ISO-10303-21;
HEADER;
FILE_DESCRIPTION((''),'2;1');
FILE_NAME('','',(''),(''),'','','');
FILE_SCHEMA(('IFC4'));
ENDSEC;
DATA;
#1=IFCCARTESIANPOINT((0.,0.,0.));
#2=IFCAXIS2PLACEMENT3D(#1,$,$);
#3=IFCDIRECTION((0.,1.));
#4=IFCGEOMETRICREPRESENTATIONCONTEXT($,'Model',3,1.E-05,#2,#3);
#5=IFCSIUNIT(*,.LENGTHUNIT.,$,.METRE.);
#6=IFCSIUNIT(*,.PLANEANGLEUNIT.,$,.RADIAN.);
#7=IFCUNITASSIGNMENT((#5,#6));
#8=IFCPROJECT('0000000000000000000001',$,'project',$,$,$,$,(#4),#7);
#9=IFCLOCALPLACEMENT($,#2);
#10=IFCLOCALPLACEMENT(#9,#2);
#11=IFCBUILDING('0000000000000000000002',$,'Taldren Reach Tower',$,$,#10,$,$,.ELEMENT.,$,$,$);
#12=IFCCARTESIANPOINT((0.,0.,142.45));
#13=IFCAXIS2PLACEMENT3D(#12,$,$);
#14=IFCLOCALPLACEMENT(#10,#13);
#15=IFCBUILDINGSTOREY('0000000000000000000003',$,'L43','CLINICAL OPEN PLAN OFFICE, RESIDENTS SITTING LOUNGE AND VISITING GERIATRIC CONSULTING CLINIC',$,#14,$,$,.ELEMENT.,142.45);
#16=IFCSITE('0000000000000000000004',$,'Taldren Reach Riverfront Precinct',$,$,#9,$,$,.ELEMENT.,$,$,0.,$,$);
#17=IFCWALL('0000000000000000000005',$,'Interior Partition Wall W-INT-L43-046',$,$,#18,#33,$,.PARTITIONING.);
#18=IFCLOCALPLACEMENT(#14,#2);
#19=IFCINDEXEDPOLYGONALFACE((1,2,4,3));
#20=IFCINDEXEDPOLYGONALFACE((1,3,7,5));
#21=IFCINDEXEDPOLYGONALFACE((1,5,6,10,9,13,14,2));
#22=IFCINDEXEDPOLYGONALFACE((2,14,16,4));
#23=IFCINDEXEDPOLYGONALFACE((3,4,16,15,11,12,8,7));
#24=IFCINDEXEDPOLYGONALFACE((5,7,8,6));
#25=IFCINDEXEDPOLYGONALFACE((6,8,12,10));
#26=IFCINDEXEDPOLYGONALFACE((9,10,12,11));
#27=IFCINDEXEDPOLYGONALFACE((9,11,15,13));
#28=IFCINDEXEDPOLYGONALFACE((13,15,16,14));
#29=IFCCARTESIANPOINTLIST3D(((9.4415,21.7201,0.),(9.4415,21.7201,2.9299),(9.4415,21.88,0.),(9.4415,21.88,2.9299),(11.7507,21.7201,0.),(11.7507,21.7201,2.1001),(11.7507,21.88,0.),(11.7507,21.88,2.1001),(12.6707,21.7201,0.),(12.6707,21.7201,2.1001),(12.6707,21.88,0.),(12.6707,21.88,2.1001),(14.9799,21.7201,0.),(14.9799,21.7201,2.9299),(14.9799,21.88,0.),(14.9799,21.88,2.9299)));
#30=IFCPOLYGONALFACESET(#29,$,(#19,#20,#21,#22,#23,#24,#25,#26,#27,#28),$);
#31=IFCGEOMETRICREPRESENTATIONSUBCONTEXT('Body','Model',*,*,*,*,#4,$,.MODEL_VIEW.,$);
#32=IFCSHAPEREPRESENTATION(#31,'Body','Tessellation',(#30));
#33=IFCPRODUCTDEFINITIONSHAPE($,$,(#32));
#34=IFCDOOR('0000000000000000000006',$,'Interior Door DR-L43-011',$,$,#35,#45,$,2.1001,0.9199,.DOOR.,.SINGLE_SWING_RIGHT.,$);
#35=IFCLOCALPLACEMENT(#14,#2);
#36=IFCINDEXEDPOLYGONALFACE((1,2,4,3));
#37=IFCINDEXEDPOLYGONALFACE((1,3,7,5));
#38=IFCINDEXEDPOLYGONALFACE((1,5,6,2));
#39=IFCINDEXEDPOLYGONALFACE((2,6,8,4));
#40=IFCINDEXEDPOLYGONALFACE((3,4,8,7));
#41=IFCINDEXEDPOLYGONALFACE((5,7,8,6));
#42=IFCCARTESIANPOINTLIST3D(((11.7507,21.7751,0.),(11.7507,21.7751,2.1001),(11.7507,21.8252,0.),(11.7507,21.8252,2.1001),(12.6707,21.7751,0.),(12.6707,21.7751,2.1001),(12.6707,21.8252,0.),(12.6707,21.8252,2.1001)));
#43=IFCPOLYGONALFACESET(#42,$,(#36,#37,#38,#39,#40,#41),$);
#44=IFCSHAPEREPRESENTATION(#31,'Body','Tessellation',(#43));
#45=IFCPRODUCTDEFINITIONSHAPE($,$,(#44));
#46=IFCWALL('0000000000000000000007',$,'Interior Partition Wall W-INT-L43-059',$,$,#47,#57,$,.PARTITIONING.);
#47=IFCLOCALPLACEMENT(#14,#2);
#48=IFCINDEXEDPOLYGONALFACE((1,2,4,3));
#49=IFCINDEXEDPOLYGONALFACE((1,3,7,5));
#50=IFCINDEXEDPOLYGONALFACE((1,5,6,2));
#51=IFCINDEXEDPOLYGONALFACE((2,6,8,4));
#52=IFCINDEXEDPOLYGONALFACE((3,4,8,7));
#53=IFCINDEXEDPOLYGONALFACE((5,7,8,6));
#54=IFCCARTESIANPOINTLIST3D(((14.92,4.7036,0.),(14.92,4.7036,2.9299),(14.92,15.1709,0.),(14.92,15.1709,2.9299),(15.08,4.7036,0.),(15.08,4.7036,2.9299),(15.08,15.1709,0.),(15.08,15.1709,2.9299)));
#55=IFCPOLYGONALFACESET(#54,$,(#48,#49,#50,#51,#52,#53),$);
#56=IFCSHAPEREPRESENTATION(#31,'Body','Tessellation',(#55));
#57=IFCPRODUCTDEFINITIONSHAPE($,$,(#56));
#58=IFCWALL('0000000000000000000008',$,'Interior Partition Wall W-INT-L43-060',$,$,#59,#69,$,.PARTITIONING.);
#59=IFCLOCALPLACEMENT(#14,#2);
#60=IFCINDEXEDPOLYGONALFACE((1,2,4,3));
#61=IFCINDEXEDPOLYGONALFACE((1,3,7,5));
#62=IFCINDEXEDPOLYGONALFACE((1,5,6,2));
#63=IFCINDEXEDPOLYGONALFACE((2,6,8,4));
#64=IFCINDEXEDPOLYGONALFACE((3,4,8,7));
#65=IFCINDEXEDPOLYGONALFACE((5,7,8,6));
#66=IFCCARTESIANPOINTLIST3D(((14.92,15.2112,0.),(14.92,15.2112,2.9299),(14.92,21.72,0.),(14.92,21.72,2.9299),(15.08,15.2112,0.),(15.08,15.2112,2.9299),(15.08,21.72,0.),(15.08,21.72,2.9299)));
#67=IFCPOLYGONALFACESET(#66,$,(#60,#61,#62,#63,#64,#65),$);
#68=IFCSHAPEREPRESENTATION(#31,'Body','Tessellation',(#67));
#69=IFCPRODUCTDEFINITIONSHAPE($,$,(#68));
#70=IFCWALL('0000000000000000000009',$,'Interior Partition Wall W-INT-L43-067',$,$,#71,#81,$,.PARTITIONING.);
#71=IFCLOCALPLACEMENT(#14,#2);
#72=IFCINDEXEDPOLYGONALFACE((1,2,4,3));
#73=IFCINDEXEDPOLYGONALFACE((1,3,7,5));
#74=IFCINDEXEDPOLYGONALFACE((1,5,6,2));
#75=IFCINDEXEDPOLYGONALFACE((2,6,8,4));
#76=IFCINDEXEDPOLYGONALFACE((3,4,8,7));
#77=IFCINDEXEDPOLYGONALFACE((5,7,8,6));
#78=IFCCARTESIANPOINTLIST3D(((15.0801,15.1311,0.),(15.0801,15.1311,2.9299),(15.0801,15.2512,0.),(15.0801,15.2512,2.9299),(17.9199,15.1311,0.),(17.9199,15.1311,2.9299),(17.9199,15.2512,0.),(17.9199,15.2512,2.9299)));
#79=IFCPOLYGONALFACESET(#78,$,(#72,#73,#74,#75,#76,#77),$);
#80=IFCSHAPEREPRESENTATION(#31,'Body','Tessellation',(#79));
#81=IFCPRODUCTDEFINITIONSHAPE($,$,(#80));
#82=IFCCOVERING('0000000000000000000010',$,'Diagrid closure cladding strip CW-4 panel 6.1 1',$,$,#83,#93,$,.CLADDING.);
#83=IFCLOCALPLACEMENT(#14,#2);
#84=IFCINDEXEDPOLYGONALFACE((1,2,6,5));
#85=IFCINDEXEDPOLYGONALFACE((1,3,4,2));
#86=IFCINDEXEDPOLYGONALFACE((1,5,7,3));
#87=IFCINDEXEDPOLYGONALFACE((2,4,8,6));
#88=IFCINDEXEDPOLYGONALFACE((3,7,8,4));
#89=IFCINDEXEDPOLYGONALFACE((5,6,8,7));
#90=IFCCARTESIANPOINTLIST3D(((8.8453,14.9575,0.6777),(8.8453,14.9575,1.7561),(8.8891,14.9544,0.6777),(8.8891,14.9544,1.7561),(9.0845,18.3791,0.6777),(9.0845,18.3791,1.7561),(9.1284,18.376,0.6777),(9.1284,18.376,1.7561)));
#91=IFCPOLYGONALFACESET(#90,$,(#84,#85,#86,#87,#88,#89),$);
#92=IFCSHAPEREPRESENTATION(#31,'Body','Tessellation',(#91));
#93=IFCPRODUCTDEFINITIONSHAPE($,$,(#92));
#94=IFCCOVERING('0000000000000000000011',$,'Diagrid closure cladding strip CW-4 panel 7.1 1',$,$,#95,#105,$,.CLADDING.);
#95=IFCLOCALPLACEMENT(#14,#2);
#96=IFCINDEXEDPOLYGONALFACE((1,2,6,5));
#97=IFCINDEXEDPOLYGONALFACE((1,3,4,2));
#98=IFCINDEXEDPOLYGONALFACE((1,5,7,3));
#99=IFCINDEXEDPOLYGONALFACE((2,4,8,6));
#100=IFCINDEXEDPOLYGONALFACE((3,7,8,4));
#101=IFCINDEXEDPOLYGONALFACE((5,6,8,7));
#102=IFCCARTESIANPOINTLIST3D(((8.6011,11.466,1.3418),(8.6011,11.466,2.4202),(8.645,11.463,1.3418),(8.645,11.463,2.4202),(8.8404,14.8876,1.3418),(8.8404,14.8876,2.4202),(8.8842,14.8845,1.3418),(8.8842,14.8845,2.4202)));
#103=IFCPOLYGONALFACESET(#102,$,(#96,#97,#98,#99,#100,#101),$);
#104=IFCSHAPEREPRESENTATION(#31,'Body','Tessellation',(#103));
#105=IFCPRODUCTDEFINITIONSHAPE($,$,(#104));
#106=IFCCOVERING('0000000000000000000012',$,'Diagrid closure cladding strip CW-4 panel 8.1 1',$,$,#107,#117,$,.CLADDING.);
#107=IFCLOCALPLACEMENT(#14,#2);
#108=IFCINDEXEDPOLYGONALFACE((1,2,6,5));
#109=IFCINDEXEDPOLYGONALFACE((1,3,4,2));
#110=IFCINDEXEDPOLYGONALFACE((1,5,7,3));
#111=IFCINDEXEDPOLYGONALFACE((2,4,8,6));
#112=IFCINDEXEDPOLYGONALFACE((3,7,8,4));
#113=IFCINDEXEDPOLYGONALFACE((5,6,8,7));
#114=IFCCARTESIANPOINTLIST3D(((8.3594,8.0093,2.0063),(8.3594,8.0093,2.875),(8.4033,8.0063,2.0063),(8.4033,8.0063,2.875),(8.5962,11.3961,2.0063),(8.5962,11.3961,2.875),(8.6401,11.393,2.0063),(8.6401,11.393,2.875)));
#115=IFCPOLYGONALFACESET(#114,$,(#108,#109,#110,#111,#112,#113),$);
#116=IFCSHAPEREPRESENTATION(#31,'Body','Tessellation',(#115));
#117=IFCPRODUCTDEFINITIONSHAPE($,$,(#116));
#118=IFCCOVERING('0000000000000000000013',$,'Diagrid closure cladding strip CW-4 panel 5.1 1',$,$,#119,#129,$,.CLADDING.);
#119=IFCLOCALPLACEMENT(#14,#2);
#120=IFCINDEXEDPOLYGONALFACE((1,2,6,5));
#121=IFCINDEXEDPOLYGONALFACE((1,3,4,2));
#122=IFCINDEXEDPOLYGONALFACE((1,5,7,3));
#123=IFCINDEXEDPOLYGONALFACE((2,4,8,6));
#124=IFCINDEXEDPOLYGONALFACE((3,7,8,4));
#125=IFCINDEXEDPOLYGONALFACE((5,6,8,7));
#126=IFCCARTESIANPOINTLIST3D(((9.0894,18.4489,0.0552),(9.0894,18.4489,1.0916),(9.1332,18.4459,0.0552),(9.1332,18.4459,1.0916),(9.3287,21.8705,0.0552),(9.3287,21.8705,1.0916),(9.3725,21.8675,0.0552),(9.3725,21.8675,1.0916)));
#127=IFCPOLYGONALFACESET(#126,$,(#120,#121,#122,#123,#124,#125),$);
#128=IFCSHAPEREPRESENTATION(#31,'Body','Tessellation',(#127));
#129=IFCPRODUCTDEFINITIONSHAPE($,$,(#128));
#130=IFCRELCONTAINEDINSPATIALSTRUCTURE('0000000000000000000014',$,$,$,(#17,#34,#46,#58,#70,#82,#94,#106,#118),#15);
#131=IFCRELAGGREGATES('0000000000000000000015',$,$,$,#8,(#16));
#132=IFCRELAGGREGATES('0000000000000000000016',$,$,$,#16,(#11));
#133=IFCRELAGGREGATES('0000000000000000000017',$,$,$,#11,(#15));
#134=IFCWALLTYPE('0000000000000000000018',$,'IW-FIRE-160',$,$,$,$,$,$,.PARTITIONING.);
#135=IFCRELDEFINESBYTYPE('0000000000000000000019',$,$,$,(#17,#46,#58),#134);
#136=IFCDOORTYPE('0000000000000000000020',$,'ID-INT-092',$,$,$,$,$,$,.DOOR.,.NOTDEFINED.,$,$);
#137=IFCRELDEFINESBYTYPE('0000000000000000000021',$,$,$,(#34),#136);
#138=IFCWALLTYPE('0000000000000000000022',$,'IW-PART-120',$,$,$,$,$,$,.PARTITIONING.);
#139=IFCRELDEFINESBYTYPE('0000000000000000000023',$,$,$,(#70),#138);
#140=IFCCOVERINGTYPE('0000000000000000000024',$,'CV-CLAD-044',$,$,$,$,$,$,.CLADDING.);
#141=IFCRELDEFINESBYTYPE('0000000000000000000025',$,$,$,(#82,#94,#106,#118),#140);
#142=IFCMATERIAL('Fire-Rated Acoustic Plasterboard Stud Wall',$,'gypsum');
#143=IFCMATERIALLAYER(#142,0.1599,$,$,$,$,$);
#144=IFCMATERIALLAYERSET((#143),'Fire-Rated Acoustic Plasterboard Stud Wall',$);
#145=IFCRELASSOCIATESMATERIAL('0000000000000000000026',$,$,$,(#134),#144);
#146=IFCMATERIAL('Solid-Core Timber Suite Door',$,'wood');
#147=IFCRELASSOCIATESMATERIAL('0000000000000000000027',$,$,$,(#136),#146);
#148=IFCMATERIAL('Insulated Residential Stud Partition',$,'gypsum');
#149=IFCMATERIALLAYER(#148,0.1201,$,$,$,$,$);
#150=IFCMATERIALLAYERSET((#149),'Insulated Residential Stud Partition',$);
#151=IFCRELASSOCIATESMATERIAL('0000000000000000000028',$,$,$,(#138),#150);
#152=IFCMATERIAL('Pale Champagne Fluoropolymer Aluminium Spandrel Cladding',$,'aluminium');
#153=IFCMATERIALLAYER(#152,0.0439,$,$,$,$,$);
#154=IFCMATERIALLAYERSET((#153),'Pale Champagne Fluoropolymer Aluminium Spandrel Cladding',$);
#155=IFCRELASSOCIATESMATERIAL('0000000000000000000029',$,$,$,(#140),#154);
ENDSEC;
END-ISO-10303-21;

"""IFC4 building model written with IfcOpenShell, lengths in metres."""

from ifc_helpers import new_model, si_unit, direction, frame, frame_2d, origin, origin_2d, place, context, subcontext, project, spatial, rectangle, extrude, source, transform, mapped, material, layer, layer_set, type_object, element, fill, save


model = new_model("IFC4")

# Units and contexts
model_context = context("Model", 3, precision=1e-05, world=origin(), true_north=direction((0.0, 1.0)))
body_context = subcontext(model_context, "Body", "Model", "MODEL_VIEW")
ifc_project = project(units=[si_unit("LENGTHUNIT", "METRE"), si_unit("PLANEANGLEUNIT", "RADIAN")], contexts=[model_context])

# Site, building, storey
site_placement = place(None, origin())
site = spatial("IfcSite", under=ifc_project, at=site_placement, Name="Taldren Reach Riverfront Precinct", CompositionType="ELEMENT", RefElevation=0.0)
building_placement = place(site_placement, origin())
building = spatial("IfcBuilding", under=site, at=building_placement, Name="Taldren Reach Tower", CompositionType="ELEMENT")
storey_placement = place(building_placement, frame((0.0, 0.0, 142.45)))
storey = spatial("IfcBuildingStorey", under=building, at=storey_placement, Name="L43", Description="CLINICAL OPEN PLAN OFFICE, RESIDENTS SITTING LOUNGE AND VISITING GERIATRIC CONSULTING CLINIC", CompositionType="ELEMENT", Elevation=142.45)

# Wall, opening, door
ifc_material_1 = material(Name="Fire-Rated Acoustic Plasterboard Stud Wall", Category="gypsum")
ifc_layer_1 = layer(ifc_material_1, 0.1599)
ifc_layer_set_1 = layer_set([ifc_layer_1], Name="Fire-Rated Acoustic Plasterboard Stud Wall")
wall_type_1 = type_object("IfcWallType", Name="IW-FIRE-160", PredefinedType="PARTITIONING", material=ifc_layer_set_1)
shared_shape_1 = source(origin(), body_context, "Body", "SweptSolid", [
    extrude(rectangle(XDim=5.5383, YDim=0.1599, at=frame_2d((2.769, 0.0))), origin(), (0.0, 0.0, 1.0), 2.9299),
])
wall_1_placement = place(storey_placement, frame((14.9797, 21.8, 0.0), z_axis=(0.0, 0.0, 1.0), x_axis=(-1.0, 0.0, 0.0)))
wall_1 = element("IfcWall", 1, at=wall_1_placement, inside=storey, type_object=wall_type_1, Name="Interior Partition Wall W-INT-L43-046", PredefinedType="PARTITIONING", context=body_context, shape_type="MappedRepresentation", body=[
    mapped(shared_shape_1, transform((0.0, 0.0, 0.0), scale=1.0)),
])
shared_shape_2 = source(origin(), body_context, "Body", "SweptSolid", [
    extrude(rectangle(XDim=0.9199, YDim=2.1001, at=frame_2d((0.46, 1.05))), frame((0.0, 0.0898, 0.0), z_axis=(0.0, -1.0, 0.0), x_axis=(1.0, 0.0, 0.0)), (0.0, 0.0, 1.0), 0.1799),
])
opening_placement = place(wall_1_placement, frame((2.3091, 0.0, 0.0)))
opening = element("IfcOpeningElement", 2, at=opening_placement, cuts=wall_1, PredefinedType="OPENING", context=body_context, shape_type="MappedRepresentation", body=[
    mapped(shared_shape_2, transform((0.0, 0.0, 0.0), scale=1.0)),
])
ifc_material_2 = material(Name="Solid-Core Timber Suite Door", Category="wood")
door_type = type_object("IfcDoorType", Name="ID-INT-092", OperationType="NOTDEFINED", PredefinedType="DOOR", material=ifc_material_2)
shared_shape_3 = source(origin(), body_context, "Body", "SweptSolid", [
    extrude(rectangle(XDim=0.9199, YDim=2.1001, at=frame_2d((0.46, 1.05))), frame((0.0, 0.0249, 0.0), z_axis=(0.0, -1.0, 0.0), x_axis=(1.0, 0.0, 0.0)), (0.0, 0.0, 1.0), 0.05),
])
door_placement = place(opening_placement, origin())
door = element("IfcDoor", 3, at=door_placement, inside=storey, type_object=door_type, Name="Interior Door DR-L43-011", OperationType="SINGLE_SWING_RIGHT", OverallHeight=2.1001, OverallWidth=0.9199, PredefinedType="DOOR", context=body_context, shape_type="MappedRepresentation", body=[
    mapped(shared_shape_3, transform((0.0, 0.0, 0.0), scale=1.0)),
])
fill(opening, door)

# Walls
shared_shape_4 = source(origin(), body_context, "Body", "SweptSolid", [
    extrude(rectangle(XDim=10.4673, YDim=0.1599, at=frame_2d((5.2336, 0.0))), origin(), (0.0, 0.0, 1.0), 2.9299),
])
wall_2_placement = place(storey_placement, frame((15.0, 15.1709, 0.0), z_axis=(0.0, 0.0, 1.0), x_axis=(0.0, -1.0, 0.0)))
element("IfcWall", 4, at=wall_2_placement, inside=storey, type_object=wall_type_1, Name="Interior Partition Wall W-INT-L43-059", PredefinedType="PARTITIONING", context=body_context, shape_type="MappedRepresentation", body=[
    mapped(shared_shape_4, transform((0.0, 0.0, 0.0), scale=1.0)),
])
shared_shape_5 = source(origin(), body_context, "Body", "SweptSolid", [
    extrude(rectangle(XDim=6.5088, YDim=0.1599, at=frame_2d((3.2544, 0.0))), origin(), (0.0, 0.0, 1.0), 2.9299),
])
wall_3_placement = place(storey_placement, frame((15.0, 21.72, 0.0), z_axis=(0.0, 0.0, 1.0), x_axis=(0.0, -1.0, 0.0)))
element("IfcWall", 5, at=wall_3_placement, inside=storey, type_object=wall_type_1, Name="Interior Partition Wall W-INT-L43-060", PredefinedType="PARTITIONING", context=body_context, shape_type="MappedRepresentation", body=[
    mapped(shared_shape_5, transform((0.0, 0.0, 0.0), scale=1.0)),
])
ifc_material_3 = material(Name="Insulated Residential Stud Partition", Category="gypsum")
ifc_layer_2 = layer(ifc_material_3, 0.1201)
ifc_layer_set_2 = layer_set([ifc_layer_2], Name="Insulated Residential Stud Partition")
wall_type_2 = type_object("IfcWallType", Name="IW-PART-120", PredefinedType="PARTITIONING", material=ifc_layer_set_2)
shared_shape_6 = source(origin(), body_context, "Body", "SweptSolid", [
    extrude(rectangle(XDim=2.8398, YDim=0.1201, at=frame_2d((1.4199, 0.0))), origin(), (0.0, 0.0, 1.0), 2.9299),
])
wall_4_placement = place(storey_placement, frame((15.0801, 15.1912, 0.0), z_axis=(0.0, 0.0, 1.0), x_axis=(1.0, 0.0, 0.0)))
element("IfcWall", 6, at=wall_4_placement, inside=storey, type_object=wall_type_2, Name="Interior Partition Wall W-INT-L43-067", PredefinedType="PARTITIONING", context=body_context, shape_type="MappedRepresentation", body=[
    mapped(shared_shape_6, transform((0.0, 0.0, 0.0), scale=1.0)),
])

# Coverings
ifc_material_4 = material(Name="Pale Champagne Fluoropolymer Aluminium Spandrel Cladding", Category="aluminium")
ifc_layer_3 = layer(ifc_material_4, 0.0439)
ifc_layer_set_3 = layer_set([ifc_layer_3], Name="Pale Champagne Fluoropolymer Aluminium Spandrel Cladding")
covering_type = type_object("IfcCoveringType", Name="CV-CLAD-044", PredefinedType="CLADDING", material=ifc_layer_set_3)
shared_shape_7 = source(origin(), body_context, "Body", "SweptSolid", [
    extrude(rectangle(XDim=3.4299, YDim=0.0439, at=origin_2d()), origin(), (0.0, 0.0, 1.0), 1.0784),
])
for number, where, z_axis, x_axis, name in (
    (7, (8.9868, 16.6667, 0.6777), (0.0, 0.0, 1.0), (-0.069756, -0.997564, 0.0), "Diagrid closure cladding strip CW-4 panel 6.1 1"),
    (8, (8.7427, 13.1753, 1.3418), (0.0, 0.0, 1.0), (-0.069756, -0.997564, 0.0), "Diagrid closure cladding strip CW-4 panel 7.1 1"),
):
    element("IfcCovering", number, at=place(storey_placement, frame(where, z_axis=z_axis, x_axis=x_axis)), inside=storey, type_object=covering_type, Name=name, PredefinedType="CLADDING", context=body_context, shape_type="MappedRepresentation", body=[
        mapped(shared_shape_7, transform((0.0, 0.0, 0.0), scale=1.0)),
    ])
shared_shape_8 = source(origin(), body_context, "Body", "SweptSolid", [
    extrude(rectangle(XDim=3.395, YDim=0.0439, at=origin_2d()), origin(), (0.0, 0.0, 1.0), 0.8687),
])
covering_1_placement = place(storey_placement, frame((8.4998, 9.7012, 2.0063), z_axis=(0.0, 0.0, 1.0), x_axis=(-0.069756, -0.997564, 0.0)))
element("IfcCovering", 9, at=covering_1_placement, inside=storey, type_object=covering_type, Name="Diagrid closure cladding strip CW-4 panel 8.1 1", PredefinedType="CLADDING", context=body_context, shape_type="MappedRepresentation", body=[
    mapped(shared_shape_8, transform((0.0, 0.0, 0.0), scale=1.0)),
])
shared_shape_9 = source(origin(), body_context, "Body", "SweptSolid", [
    extrude(rectangle(XDim=3.4299, YDim=0.0439, at=origin_2d()), origin(), (0.0, 0.0, 1.0), 1.0364),
])
covering_2_placement = place(storey_placement, frame((9.231, 20.1582, 0.0552), z_axis=(0.0, 0.0, 1.0), x_axis=(-0.069756, -0.997564, 0.0)))
element("IfcCovering", 10, at=covering_2_placement, inside=storey, type_object=covering_type, Name="Diagrid closure cladding strip CW-4 panel 5.1 1", PredefinedType="CLADDING", context=body_context, shape_type="MappedRepresentation", body=[
    mapped(shared_shape_9, transform((0.0, 0.0, 0.0), scale=1.0)),
])

save(model, "model.ifc")
